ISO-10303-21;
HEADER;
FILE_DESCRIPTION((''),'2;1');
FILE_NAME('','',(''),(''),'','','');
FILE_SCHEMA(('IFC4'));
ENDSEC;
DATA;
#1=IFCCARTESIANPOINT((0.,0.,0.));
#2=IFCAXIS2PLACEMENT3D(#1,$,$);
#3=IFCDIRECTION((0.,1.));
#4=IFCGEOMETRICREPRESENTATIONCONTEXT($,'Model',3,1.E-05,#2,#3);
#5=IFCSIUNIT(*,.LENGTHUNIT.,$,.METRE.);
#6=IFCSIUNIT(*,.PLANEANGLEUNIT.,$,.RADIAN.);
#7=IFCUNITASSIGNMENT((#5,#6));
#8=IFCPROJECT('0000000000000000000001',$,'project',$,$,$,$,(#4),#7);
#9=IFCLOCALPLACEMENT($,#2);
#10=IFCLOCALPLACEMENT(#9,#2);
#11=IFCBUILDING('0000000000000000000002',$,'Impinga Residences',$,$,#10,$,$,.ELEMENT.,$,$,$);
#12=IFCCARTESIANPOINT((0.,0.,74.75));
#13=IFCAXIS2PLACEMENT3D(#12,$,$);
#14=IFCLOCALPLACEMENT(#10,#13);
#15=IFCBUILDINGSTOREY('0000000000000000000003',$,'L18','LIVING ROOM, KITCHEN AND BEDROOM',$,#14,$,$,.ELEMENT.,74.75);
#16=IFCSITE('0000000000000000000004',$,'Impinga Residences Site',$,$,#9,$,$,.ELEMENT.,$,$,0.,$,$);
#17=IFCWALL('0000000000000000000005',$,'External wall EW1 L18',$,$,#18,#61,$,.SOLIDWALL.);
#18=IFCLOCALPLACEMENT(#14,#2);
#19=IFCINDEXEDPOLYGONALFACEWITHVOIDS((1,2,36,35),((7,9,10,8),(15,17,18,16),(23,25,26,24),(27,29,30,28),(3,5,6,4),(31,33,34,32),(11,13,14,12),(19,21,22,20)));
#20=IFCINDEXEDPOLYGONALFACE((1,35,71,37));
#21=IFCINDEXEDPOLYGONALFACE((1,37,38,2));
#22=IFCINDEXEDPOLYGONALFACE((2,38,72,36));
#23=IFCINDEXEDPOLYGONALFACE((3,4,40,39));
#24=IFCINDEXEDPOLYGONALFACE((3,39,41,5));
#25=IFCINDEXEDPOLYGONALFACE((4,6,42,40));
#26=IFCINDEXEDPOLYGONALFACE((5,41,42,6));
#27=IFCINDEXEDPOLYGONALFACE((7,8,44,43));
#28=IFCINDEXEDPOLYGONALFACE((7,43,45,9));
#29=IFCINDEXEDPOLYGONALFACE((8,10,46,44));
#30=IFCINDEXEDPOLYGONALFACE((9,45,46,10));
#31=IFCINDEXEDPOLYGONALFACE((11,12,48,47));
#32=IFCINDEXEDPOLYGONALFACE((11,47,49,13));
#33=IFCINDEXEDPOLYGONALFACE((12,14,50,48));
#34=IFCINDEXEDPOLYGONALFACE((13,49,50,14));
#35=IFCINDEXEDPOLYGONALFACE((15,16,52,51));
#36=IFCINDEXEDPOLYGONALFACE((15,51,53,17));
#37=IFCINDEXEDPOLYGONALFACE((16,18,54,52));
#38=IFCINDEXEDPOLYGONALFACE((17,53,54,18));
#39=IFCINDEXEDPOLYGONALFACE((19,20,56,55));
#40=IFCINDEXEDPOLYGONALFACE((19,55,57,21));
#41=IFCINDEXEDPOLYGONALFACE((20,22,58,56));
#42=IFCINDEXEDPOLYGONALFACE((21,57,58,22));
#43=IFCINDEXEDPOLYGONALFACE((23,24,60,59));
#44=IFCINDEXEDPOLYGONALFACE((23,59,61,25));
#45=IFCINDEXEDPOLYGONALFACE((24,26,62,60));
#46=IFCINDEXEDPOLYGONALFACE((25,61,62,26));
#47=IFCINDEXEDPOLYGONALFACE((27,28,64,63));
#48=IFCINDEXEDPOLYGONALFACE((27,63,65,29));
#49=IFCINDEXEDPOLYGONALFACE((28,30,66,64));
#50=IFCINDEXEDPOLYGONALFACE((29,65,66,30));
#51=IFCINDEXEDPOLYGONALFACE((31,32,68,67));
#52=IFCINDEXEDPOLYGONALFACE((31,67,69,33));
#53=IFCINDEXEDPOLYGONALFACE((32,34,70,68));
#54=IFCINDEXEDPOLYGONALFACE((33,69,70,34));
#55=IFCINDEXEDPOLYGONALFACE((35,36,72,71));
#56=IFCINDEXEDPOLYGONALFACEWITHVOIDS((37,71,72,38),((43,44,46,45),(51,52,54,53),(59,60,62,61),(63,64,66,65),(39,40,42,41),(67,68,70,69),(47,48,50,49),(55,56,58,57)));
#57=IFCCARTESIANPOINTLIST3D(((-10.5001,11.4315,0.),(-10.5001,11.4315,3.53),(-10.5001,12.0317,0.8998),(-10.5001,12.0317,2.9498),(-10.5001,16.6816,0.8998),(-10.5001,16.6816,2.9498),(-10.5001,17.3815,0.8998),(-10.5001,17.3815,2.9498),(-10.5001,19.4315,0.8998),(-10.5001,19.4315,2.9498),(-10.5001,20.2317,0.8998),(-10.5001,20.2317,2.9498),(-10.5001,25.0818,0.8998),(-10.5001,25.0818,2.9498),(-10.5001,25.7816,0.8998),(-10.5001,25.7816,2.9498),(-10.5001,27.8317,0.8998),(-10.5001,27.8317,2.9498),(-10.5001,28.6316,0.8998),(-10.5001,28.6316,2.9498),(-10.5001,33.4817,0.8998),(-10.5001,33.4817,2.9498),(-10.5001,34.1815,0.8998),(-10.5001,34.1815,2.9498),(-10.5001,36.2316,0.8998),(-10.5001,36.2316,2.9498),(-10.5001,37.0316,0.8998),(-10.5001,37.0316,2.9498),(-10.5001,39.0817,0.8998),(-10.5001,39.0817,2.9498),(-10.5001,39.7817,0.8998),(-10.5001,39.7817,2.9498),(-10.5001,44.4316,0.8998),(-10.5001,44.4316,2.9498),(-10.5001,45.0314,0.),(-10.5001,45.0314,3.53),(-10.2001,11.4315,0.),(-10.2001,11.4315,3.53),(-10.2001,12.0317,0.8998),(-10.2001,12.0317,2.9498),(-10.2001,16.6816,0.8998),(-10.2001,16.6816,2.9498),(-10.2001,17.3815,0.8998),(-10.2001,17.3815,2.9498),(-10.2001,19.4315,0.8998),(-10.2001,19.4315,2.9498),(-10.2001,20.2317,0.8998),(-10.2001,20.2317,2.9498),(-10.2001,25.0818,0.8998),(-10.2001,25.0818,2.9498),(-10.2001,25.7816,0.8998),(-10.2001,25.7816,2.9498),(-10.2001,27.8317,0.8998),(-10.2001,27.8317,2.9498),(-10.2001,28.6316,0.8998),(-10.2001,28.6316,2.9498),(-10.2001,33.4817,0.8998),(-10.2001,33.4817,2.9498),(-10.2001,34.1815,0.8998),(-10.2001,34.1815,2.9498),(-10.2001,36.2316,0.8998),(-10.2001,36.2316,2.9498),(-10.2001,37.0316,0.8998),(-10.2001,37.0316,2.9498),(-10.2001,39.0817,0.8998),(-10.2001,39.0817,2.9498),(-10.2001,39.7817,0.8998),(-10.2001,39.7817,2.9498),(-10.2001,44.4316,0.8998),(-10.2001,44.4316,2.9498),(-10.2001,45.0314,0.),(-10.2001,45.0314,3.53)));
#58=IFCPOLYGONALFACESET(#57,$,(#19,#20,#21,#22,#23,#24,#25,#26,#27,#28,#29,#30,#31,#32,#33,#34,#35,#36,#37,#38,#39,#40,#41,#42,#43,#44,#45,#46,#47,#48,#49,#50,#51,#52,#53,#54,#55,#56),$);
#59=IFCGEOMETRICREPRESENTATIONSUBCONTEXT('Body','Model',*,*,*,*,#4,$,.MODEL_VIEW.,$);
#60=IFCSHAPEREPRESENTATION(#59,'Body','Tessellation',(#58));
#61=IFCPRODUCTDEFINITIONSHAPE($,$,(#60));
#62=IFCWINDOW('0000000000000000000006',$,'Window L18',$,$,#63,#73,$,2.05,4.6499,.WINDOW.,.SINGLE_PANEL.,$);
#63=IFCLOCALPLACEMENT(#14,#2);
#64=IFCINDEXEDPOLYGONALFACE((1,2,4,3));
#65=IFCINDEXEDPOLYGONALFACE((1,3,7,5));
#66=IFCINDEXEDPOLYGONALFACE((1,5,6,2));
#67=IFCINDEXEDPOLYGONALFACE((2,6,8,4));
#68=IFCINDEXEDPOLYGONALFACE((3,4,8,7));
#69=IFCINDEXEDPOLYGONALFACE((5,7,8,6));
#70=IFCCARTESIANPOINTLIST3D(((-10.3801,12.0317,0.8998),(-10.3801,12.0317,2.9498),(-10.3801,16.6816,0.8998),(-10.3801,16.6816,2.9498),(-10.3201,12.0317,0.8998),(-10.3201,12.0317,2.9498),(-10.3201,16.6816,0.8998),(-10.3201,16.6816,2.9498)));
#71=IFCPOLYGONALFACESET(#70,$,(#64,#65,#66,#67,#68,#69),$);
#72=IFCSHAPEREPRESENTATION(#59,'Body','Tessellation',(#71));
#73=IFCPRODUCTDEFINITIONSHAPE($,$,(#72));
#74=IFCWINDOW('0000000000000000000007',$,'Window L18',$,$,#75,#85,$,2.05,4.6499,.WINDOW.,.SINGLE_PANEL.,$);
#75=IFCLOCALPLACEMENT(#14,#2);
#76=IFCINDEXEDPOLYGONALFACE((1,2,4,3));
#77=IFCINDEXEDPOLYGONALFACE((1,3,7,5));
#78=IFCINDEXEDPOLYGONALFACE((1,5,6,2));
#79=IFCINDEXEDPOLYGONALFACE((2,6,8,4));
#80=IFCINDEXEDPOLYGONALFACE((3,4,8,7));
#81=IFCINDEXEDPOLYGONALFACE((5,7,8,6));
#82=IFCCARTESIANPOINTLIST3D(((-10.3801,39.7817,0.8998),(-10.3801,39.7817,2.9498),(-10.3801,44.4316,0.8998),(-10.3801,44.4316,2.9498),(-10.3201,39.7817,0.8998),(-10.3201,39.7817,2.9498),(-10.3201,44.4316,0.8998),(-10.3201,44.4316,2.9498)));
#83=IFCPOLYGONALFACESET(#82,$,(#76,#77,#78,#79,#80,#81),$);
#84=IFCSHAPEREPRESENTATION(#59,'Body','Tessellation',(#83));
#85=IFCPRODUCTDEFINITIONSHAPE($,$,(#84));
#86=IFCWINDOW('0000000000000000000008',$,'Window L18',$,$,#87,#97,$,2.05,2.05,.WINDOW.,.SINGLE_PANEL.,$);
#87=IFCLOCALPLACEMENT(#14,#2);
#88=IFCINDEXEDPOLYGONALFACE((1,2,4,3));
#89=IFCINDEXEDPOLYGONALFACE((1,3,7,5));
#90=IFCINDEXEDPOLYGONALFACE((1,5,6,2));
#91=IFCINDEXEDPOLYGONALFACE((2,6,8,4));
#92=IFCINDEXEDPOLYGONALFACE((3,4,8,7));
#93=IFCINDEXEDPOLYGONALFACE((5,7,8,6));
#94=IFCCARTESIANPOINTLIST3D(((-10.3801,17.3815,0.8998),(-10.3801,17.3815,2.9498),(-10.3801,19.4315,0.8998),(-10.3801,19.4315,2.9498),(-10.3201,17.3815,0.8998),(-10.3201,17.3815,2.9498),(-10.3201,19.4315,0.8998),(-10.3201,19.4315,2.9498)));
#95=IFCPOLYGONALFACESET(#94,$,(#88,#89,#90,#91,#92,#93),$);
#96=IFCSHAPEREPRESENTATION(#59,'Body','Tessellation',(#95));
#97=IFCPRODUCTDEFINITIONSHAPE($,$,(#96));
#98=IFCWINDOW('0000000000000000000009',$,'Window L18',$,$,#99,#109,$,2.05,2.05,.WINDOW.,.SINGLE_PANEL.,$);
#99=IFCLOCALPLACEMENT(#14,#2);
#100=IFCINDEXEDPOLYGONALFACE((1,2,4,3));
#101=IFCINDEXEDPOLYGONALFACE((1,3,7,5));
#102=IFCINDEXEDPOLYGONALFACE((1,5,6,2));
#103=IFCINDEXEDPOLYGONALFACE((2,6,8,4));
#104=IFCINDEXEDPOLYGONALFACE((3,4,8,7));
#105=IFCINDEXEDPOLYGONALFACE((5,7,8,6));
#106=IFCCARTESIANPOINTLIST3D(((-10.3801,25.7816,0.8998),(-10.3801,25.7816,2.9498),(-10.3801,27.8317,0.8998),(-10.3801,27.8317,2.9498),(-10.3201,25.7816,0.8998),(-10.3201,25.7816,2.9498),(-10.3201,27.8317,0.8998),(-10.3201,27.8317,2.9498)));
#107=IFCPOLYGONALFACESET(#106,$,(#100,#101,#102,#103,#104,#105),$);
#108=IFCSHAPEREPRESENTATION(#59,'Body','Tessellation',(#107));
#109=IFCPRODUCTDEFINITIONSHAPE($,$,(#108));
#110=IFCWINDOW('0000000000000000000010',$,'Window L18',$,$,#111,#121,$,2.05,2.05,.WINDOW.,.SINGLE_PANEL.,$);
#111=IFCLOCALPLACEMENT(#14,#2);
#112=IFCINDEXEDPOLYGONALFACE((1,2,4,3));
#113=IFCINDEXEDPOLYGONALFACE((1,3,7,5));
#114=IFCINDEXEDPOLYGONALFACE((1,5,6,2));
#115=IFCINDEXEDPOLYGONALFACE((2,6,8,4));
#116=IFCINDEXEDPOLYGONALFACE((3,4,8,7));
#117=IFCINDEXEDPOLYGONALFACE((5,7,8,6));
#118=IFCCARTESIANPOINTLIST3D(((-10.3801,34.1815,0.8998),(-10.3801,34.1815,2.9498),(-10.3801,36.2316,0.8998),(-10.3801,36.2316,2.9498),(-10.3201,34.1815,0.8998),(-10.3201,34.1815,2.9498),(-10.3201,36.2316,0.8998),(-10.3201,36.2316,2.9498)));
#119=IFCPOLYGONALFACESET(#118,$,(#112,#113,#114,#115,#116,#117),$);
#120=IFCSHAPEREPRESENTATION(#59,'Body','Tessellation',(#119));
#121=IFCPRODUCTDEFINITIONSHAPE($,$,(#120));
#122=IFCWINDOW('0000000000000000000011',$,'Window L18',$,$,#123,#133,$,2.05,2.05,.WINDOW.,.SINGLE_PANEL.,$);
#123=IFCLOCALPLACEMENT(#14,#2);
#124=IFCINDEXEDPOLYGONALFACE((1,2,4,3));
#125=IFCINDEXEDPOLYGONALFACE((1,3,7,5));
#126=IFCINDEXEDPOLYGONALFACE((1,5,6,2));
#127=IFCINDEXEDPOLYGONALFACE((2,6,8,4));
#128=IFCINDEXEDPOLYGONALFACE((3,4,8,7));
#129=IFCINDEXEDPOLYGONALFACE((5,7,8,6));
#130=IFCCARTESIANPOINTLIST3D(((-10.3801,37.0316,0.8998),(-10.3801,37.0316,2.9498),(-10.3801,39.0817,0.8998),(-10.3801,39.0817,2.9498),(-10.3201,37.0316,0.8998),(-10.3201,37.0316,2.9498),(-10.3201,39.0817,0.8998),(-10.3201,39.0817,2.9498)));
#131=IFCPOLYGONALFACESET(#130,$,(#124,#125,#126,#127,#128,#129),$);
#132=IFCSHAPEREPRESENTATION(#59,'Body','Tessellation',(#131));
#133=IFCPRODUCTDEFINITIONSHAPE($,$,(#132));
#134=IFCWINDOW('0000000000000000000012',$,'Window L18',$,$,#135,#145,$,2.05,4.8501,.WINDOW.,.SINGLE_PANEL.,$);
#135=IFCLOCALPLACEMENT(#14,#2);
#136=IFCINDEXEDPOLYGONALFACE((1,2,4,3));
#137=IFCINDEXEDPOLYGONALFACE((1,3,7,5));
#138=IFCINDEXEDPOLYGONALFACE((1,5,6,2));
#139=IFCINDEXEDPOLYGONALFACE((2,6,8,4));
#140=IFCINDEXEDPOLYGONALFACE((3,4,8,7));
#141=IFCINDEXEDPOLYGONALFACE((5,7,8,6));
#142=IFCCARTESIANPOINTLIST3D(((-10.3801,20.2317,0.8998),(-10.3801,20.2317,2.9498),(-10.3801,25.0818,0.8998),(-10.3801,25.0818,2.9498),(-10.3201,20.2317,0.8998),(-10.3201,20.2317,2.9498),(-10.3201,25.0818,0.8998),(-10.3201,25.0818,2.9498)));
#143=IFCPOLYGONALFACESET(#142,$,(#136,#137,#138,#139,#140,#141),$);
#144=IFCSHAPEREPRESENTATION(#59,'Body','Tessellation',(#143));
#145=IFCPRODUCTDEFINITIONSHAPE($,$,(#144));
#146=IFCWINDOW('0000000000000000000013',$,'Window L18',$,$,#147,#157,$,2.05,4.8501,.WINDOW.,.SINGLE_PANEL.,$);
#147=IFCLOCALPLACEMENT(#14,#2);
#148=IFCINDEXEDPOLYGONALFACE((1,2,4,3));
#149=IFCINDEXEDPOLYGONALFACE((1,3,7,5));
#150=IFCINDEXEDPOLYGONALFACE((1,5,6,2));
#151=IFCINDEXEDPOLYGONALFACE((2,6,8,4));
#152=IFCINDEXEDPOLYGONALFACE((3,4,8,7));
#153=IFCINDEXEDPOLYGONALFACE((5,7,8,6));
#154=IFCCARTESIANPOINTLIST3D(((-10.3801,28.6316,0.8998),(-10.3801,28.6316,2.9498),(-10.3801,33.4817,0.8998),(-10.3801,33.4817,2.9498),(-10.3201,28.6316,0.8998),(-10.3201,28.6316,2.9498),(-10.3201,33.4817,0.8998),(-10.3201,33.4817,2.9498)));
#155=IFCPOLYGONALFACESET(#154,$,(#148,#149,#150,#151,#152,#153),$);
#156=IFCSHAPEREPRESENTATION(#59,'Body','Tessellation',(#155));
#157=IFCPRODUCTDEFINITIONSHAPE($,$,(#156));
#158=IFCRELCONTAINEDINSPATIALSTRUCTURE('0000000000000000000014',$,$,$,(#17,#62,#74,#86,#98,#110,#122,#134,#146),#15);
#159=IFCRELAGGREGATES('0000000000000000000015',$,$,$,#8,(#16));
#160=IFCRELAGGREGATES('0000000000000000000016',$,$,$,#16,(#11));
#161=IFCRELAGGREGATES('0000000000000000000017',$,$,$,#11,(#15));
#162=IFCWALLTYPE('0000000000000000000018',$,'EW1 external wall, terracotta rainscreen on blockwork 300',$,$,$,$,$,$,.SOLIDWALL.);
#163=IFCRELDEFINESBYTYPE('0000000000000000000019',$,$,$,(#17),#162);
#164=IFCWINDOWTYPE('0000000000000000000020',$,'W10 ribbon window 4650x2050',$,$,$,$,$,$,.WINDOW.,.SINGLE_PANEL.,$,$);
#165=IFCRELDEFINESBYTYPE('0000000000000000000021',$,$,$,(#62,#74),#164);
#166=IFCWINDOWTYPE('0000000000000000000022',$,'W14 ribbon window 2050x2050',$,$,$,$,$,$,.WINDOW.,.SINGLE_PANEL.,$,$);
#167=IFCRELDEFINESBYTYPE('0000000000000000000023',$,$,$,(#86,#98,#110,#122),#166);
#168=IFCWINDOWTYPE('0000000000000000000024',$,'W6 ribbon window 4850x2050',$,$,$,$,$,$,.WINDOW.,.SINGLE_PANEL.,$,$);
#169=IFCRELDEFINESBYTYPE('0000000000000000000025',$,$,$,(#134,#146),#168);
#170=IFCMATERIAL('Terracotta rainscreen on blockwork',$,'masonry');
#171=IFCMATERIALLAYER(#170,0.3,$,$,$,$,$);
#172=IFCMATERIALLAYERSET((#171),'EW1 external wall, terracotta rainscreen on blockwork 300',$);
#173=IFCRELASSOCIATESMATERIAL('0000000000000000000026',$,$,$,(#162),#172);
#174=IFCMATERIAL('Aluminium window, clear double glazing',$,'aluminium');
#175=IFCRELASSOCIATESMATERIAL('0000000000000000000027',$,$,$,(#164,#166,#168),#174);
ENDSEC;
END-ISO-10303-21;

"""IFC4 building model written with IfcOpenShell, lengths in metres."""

from ifc_helpers import new_model, si_unit, direction, frame, frame_2d, origin, place, context, subcontext, project, spatial, rectangle, extrude, material, layer, layer_set, type_object, element, fill, save


model = new_model("IFC4")

# Units and contexts
model_context = context("Model", 3, precision=1e-05, world=origin(), true_north=direction((0.0, 1.0)))
body_context = subcontext(model_context, "Body", "Model", "MODEL_VIEW")
ifc_project = project(units=[si_unit("LENGTHUNIT", "METRE"), si_unit("PLANEANGLEUNIT", "RADIAN")], contexts=[model_context])

# Site, building, storey
site_placement = place(None, origin())
site = spatial("IfcSite", under=ifc_project, at=site_placement, Name="Impinga Residences Site", CompositionType="ELEMENT", RefElevation=0.0)
building_placement = place(site_placement, origin())
building = spatial("IfcBuilding", under=site, at=building_placement, Name="Impinga Residences", CompositionType="ELEMENT")
storey_placement = place(building_placement, frame((0.0, 0.0, 74.75)))
storey = spatial("IfcBuildingStorey", under=building, at=storey_placement, Name="L18", Description="LIVING ROOM, KITCHEN AND BEDROOM", CompositionType="ELEMENT", Elevation=74.75)

# Wall, openings, windows
ifc_material_1 = material(Name="Terracotta rainscreen on blockwork", Category="masonry")
ifc_layer_1 = layer(ifc_material_1, 0.3)
ifc_layer_set_1 = layer_set([ifc_layer_1], Name="EW1 external wall, terracotta rainscreen on blockwork 300")
wall_type_1 = type_object("IfcWallType", Name="EW1 external wall, terracotta rainscreen on blockwork 300", PredefinedType="SOLIDWALL", material=ifc_layer_set_1)
wall_1_placement = place(storey_placement, frame((-10.3501, 11.4316, 0.0), z_axis=(0.0, 0.0, 1.0), x_axis=(0.0, 1.0, 0.0)))
wall_1 = element("IfcWall", 1, at=wall_1_placement, inside=storey, type_object=wall_type_1, Name="External wall EW1 L18", PredefinedType="SOLIDWALL", context=body_context, shape_type="SweptSolid", body=[
    extrude(rectangle(XDim=33.5999, YDim=0.3, at=frame_2d((16.7998, 0.0))), origin(), (0.0, 0.0, 1.0), 3.53),
])
opening_1_placement = place(wall_1_placement, frame((0.6001, 0.0, 0.8999)))
opening_1 = element("IfcOpeningElement", 2, at=opening_1_placement, cuts=wall_1, PredefinedType="OPENING", context=body_context, shape_type="SweptSolid", body=[
    extrude(rectangle(XDim=4.6499, YDim=2.05, at=frame_2d((2.325, 1.0249))), frame((0.0, 0.1599, 0.0), z_axis=(0.0, -1.0, 0.0), x_axis=(1.0, 0.0, 0.0)), (0.0, 0.0, 1.0), 0.3201),
])
opening_2_placement = place(wall_1_placement, frame((5.95, 0.0, 0.8999)))
opening_2 = element("IfcOpeningElement", 3, at=opening_2_placement, cuts=wall_1, PredefinedType="OPENING", context=body_context, shape_type="SweptSolid", body=[
    extrude(rectangle(XDim=2.05, YDim=2.05, at=frame_2d((1.0249, 1.0249))), frame((0.0, 0.1599, 0.0), z_axis=(0.0, -1.0, 0.0), x_axis=(1.0, 0.0, 0.0)), (0.0, 0.0, 1.0), 0.3201),
])
opening_3_placement = place(wall_1_placement, frame((8.8, 0.0, 0.8999)))
opening_3 = element("IfcOpeningElement", 4, at=opening_3_placement, cuts=wall_1, PredefinedType="OPENING", context=body_context, shape_type="SweptSolid", body=[
    extrude(rectangle(XDim=4.8501, YDim=2.05, at=frame_2d((2.425, 1.0249))), frame((0.0, 0.1599, 0.0), z_axis=(0.0, -1.0, 0.0), x_axis=(1.0, 0.0, 0.0)), (0.0, 0.0, 1.0), 0.3201),
])
opening_4_placement = place(wall_1_placement, frame((14.3501, 0.0, 0.8999)))
opening_4 = element("IfcOpeningElement", 5, at=opening_4_placement, cuts=wall_1, PredefinedType="OPENING", context=body_context, shape_type="SweptSolid", body=[
    extrude(rectangle(XDim=2.05, YDim=2.05, at=frame_2d((1.0249, 1.0249))), frame((0.0, 0.1599, 0.0), z_axis=(0.0, -1.0, 0.0), x_axis=(1.0, 0.0, 0.0)), (0.0, 0.0, 1.0), 0.3201),
])
opening_5_placement = place(wall_1_placement, frame((17.2, 0.0, 0.8999)))
opening_5 = element("IfcOpeningElement", 6, at=opening_5_placement, cuts=wall_1, PredefinedType="OPENING", context=body_context, shape_type="SweptSolid", body=[
    extrude(rectangle(XDim=4.8501, YDim=2.05, at=frame_2d((2.425, 1.0249))), frame((0.0, 0.1599, 0.0), z_axis=(0.0, -1.0, 0.0), x_axis=(1.0, 0.0, 0.0)), (0.0, 0.0, 1.0), 0.3201),
])
opening_6_placement = place(wall_1_placement, frame((22.75, 0.0, 0.8999)))
opening_6 = element("IfcOpeningElement", 7, at=opening_6_placement, cuts=wall_1, PredefinedType="OPENING", context=body_context, shape_type="SweptSolid", body=[
    extrude(rectangle(XDim=2.05, YDim=2.05, at=frame_2d((1.0249, 1.0249))), frame((0.0, 0.1599, 0.0), z_axis=(0.0, -1.0, 0.0), x_axis=(1.0, 0.0, 0.0)), (0.0, 0.0, 1.0), 0.3201),
])
opening_7_placement = place(wall_1_placement, frame((25.6001, 0.0, 0.8999)))
opening_7 = element("IfcOpeningElement", 8, at=opening_7_placement, cuts=wall_1, PredefinedType="OPENING", context=body_context, shape_type="SweptSolid", body=[
    extrude(rectangle(XDim=2.05, YDim=2.05, at=frame_2d((1.0249, 1.0249))), frame((0.0, 0.1599, 0.0), z_axis=(0.0, -1.0, 0.0), x_axis=(1.0, 0.0, 0.0)), (0.0, 0.0, 1.0), 0.3201),
])
opening_8_placement = place(wall_1_placement, frame((28.3501, 0.0, 0.8999)))
opening_8 = element("IfcOpeningElement", 9, at=opening_8_placement, cuts=wall_1, PredefinedType="OPENING", context=body_context, shape_type="SweptSolid", body=[
    extrude(rectangle(XDim=4.6499, YDim=2.05, at=frame_2d((2.325, 1.0249))), frame((0.0, 0.1599, 0.0), z_axis=(0.0, -1.0, 0.0), x_axis=(1.0, 0.0, 0.0)), (0.0, 0.0, 1.0), 0.3201),
])
ifc_material_2 = material(Name="Aluminium window, clear double glazing", Category="aluminium")
window_type_1 = type_object("IfcWindowType", Name="W10 ribbon window 4650x2050", PartitioningType="SINGLE_PANEL", PredefinedType="WINDOW", material=ifc_material_2)
window_1_placement = place(opening_1_placement, origin())
window_1 = element("IfcWindow", 10, at=window_1_placement, inside=storey, type_object=window_type_1, Name="Window L18", OverallHeight=2.05, OverallWidth=4.6499, PartitioningType="SINGLE_PANEL", PredefinedType="WINDOW", context=body_context, shape_type="SweptSolid", body=[
    extrude(rectangle(XDim=4.6499, YDim=2.05, at=frame_2d((2.325, 1.0249))), frame((0.0, 0.03, 0.0), z_axis=(0.0, -1.0, 0.0), x_axis=(1.0, 0.0, 0.0)), (0.0, 0.0, 1.0), 0.0601),
])
fill(opening_1, window_1)
window_2_placement = place(opening_8_placement, origin())
window_2 = element("IfcWindow", 11, at=window_2_placement, inside=storey, type_object=window_type_1, Name="Window L18", OverallHeight=2.05, OverallWidth=4.6499, PartitioningType="SINGLE_PANEL", PredefinedType="WINDOW", context=body_context, shape_type="SweptSolid", body=[
    extrude(rectangle(XDim=4.6499, YDim=2.05, at=frame_2d((2.325, 1.0249))), frame((0.0, 0.03, 0.0), z_axis=(0.0, -1.0, 0.0), x_axis=(1.0, 0.0, 0.0)), (0.0, 0.0, 1.0), 0.0601),
])
fill(opening_8, window_2)
window_type_2 = type_object("IfcWindowType", Name="W14 ribbon window 2050x2050", PartitioningType="SINGLE_PANEL", PredefinedType="WINDOW", material=ifc_material_2)
window_3_placement = place(opening_2_placement, origin())
window_3 = element("IfcWindow", 12, at=window_3_placement, inside=storey, type_object=window_type_2, Name="Window L18", OverallHeight=2.05, OverallWidth=2.05, PartitioningType="SINGLE_PANEL", PredefinedType="WINDOW", context=body_context, shape_type="SweptSolid", body=[
    extrude(rectangle(XDim=2.05, YDim=2.05, at=frame_2d((1.0249, 1.0249))), frame((0.0, 0.03, 0.0), z_axis=(0.0, -1.0, 0.0), x_axis=(1.0, 0.0, 0.0)), (0.0, 0.0, 1.0), 0.0601),
])
fill(opening_2, window_3)
window_4_placement = place(opening_4_placement, origin())
window_4 = element("IfcWindow", 13, at=window_4_placement, inside=storey, type_object=window_type_2, Name="Window L18", OverallHeight=2.05, OverallWidth=2.05, PartitioningType="SINGLE_PANEL", PredefinedType="WINDOW", context=body_context, shape_type="SweptSolid", body=[
    extrude(rectangle(XDim=2.05, YDim=2.05, at=frame_2d((1.0249, 1.0249))), frame((0.0, 0.03, 0.0), z_axis=(0.0, -1.0, 0.0), x_axis=(1.0, 0.0, 0.0)), (0.0, 0.0, 1.0), 0.0601),
])
fill(opening_4, window_4)
window_5_placement = place(opening_6_placement, origin())
window_5 = element("IfcWindow", 14, at=window_5_placement, inside=storey, type_object=window_type_2, Name="Window L18", OverallHeight=2.05, OverallWidth=2.05, PartitioningType="SINGLE_PANEL", PredefinedType="WINDOW", context=body_context, shape_type="SweptSolid", body=[
    extrude(rectangle(XDim=2.05, YDim=2.05, at=frame_2d((1.0249, 1.0249))), frame((0.0, 0.03, 0.0), z_axis=(0.0, -1.0, 0.0), x_axis=(1.0, 0.0, 0.0)), (0.0, 0.0, 1.0), 0.0601),
])
fill(opening_6, window_5)
window_6_placement = place(opening_7_placement, origin())
window_6 = element("IfcWindow", 15, at=window_6_placement, inside=storey, type_object=window_type_2, Name="Window L18", OverallHeight=2.05, OverallWidth=2.05, PartitioningType="SINGLE_PANEL", PredefinedType="WINDOW", context=body_context, shape_type="SweptSolid", body=[
    extrude(rectangle(XDim=2.05, YDim=2.05, at=frame_2d((1.0249, 1.0249))), frame((0.0, 0.03, 0.0), z_axis=(0.0, -1.0, 0.0), x_axis=(1.0, 0.0, 0.0)), (0.0, 0.0, 1.0), 0.0601),
])
fill(opening_7, window_6)
window_type_3 = type_object("IfcWindowType", Name="W6 ribbon window 4850x2050", PartitioningType="SINGLE_PANEL", PredefinedType="WINDOW", material=ifc_material_2)
window_7_placement = place(opening_3_placement, origin())
window_7 = element("IfcWindow", 16, at=window_7_placement, inside=storey, type_object=window_type_3, Name="Window L18", OverallHeight=2.05, OverallWidth=4.8501, PartitioningType="SINGLE_PANEL", PredefinedType="WINDOW", context=body_context, shape_type="SweptSolid", body=[
    extrude(rectangle(XDim=4.8501, YDim=2.05, at=frame_2d((2.425, 1.0249))), frame((0.0, 0.03, 0.0), z_axis=(0.0, -1.0, 0.0), x_axis=(1.0, 0.0, 0.0)), (0.0, 0.0, 1.0), 0.0601),
])
fill(opening_3, window_7)
window_8_placement = place(opening_5_placement, origin())
window_8 = element("IfcWindow", 17, at=window_8_placement, inside=storey, type_object=window_type_3, Name="Window L18", OverallHeight=2.05, OverallWidth=4.8501, PartitioningType="SINGLE_PANEL", PredefinedType="WINDOW", context=body_context, shape_type="SweptSolid", body=[
    extrude(rectangle(XDim=4.8501, YDim=2.05, at=frame_2d((2.425, 1.0249))), frame((0.0, 0.03, 0.0), z_axis=(0.0, -1.0, 0.0), x_axis=(1.0, 0.0, 0.0)), (0.0, 0.0, 1.0), 0.0601),
])
fill(opening_5, window_8)

save(model, "model.ifc")
